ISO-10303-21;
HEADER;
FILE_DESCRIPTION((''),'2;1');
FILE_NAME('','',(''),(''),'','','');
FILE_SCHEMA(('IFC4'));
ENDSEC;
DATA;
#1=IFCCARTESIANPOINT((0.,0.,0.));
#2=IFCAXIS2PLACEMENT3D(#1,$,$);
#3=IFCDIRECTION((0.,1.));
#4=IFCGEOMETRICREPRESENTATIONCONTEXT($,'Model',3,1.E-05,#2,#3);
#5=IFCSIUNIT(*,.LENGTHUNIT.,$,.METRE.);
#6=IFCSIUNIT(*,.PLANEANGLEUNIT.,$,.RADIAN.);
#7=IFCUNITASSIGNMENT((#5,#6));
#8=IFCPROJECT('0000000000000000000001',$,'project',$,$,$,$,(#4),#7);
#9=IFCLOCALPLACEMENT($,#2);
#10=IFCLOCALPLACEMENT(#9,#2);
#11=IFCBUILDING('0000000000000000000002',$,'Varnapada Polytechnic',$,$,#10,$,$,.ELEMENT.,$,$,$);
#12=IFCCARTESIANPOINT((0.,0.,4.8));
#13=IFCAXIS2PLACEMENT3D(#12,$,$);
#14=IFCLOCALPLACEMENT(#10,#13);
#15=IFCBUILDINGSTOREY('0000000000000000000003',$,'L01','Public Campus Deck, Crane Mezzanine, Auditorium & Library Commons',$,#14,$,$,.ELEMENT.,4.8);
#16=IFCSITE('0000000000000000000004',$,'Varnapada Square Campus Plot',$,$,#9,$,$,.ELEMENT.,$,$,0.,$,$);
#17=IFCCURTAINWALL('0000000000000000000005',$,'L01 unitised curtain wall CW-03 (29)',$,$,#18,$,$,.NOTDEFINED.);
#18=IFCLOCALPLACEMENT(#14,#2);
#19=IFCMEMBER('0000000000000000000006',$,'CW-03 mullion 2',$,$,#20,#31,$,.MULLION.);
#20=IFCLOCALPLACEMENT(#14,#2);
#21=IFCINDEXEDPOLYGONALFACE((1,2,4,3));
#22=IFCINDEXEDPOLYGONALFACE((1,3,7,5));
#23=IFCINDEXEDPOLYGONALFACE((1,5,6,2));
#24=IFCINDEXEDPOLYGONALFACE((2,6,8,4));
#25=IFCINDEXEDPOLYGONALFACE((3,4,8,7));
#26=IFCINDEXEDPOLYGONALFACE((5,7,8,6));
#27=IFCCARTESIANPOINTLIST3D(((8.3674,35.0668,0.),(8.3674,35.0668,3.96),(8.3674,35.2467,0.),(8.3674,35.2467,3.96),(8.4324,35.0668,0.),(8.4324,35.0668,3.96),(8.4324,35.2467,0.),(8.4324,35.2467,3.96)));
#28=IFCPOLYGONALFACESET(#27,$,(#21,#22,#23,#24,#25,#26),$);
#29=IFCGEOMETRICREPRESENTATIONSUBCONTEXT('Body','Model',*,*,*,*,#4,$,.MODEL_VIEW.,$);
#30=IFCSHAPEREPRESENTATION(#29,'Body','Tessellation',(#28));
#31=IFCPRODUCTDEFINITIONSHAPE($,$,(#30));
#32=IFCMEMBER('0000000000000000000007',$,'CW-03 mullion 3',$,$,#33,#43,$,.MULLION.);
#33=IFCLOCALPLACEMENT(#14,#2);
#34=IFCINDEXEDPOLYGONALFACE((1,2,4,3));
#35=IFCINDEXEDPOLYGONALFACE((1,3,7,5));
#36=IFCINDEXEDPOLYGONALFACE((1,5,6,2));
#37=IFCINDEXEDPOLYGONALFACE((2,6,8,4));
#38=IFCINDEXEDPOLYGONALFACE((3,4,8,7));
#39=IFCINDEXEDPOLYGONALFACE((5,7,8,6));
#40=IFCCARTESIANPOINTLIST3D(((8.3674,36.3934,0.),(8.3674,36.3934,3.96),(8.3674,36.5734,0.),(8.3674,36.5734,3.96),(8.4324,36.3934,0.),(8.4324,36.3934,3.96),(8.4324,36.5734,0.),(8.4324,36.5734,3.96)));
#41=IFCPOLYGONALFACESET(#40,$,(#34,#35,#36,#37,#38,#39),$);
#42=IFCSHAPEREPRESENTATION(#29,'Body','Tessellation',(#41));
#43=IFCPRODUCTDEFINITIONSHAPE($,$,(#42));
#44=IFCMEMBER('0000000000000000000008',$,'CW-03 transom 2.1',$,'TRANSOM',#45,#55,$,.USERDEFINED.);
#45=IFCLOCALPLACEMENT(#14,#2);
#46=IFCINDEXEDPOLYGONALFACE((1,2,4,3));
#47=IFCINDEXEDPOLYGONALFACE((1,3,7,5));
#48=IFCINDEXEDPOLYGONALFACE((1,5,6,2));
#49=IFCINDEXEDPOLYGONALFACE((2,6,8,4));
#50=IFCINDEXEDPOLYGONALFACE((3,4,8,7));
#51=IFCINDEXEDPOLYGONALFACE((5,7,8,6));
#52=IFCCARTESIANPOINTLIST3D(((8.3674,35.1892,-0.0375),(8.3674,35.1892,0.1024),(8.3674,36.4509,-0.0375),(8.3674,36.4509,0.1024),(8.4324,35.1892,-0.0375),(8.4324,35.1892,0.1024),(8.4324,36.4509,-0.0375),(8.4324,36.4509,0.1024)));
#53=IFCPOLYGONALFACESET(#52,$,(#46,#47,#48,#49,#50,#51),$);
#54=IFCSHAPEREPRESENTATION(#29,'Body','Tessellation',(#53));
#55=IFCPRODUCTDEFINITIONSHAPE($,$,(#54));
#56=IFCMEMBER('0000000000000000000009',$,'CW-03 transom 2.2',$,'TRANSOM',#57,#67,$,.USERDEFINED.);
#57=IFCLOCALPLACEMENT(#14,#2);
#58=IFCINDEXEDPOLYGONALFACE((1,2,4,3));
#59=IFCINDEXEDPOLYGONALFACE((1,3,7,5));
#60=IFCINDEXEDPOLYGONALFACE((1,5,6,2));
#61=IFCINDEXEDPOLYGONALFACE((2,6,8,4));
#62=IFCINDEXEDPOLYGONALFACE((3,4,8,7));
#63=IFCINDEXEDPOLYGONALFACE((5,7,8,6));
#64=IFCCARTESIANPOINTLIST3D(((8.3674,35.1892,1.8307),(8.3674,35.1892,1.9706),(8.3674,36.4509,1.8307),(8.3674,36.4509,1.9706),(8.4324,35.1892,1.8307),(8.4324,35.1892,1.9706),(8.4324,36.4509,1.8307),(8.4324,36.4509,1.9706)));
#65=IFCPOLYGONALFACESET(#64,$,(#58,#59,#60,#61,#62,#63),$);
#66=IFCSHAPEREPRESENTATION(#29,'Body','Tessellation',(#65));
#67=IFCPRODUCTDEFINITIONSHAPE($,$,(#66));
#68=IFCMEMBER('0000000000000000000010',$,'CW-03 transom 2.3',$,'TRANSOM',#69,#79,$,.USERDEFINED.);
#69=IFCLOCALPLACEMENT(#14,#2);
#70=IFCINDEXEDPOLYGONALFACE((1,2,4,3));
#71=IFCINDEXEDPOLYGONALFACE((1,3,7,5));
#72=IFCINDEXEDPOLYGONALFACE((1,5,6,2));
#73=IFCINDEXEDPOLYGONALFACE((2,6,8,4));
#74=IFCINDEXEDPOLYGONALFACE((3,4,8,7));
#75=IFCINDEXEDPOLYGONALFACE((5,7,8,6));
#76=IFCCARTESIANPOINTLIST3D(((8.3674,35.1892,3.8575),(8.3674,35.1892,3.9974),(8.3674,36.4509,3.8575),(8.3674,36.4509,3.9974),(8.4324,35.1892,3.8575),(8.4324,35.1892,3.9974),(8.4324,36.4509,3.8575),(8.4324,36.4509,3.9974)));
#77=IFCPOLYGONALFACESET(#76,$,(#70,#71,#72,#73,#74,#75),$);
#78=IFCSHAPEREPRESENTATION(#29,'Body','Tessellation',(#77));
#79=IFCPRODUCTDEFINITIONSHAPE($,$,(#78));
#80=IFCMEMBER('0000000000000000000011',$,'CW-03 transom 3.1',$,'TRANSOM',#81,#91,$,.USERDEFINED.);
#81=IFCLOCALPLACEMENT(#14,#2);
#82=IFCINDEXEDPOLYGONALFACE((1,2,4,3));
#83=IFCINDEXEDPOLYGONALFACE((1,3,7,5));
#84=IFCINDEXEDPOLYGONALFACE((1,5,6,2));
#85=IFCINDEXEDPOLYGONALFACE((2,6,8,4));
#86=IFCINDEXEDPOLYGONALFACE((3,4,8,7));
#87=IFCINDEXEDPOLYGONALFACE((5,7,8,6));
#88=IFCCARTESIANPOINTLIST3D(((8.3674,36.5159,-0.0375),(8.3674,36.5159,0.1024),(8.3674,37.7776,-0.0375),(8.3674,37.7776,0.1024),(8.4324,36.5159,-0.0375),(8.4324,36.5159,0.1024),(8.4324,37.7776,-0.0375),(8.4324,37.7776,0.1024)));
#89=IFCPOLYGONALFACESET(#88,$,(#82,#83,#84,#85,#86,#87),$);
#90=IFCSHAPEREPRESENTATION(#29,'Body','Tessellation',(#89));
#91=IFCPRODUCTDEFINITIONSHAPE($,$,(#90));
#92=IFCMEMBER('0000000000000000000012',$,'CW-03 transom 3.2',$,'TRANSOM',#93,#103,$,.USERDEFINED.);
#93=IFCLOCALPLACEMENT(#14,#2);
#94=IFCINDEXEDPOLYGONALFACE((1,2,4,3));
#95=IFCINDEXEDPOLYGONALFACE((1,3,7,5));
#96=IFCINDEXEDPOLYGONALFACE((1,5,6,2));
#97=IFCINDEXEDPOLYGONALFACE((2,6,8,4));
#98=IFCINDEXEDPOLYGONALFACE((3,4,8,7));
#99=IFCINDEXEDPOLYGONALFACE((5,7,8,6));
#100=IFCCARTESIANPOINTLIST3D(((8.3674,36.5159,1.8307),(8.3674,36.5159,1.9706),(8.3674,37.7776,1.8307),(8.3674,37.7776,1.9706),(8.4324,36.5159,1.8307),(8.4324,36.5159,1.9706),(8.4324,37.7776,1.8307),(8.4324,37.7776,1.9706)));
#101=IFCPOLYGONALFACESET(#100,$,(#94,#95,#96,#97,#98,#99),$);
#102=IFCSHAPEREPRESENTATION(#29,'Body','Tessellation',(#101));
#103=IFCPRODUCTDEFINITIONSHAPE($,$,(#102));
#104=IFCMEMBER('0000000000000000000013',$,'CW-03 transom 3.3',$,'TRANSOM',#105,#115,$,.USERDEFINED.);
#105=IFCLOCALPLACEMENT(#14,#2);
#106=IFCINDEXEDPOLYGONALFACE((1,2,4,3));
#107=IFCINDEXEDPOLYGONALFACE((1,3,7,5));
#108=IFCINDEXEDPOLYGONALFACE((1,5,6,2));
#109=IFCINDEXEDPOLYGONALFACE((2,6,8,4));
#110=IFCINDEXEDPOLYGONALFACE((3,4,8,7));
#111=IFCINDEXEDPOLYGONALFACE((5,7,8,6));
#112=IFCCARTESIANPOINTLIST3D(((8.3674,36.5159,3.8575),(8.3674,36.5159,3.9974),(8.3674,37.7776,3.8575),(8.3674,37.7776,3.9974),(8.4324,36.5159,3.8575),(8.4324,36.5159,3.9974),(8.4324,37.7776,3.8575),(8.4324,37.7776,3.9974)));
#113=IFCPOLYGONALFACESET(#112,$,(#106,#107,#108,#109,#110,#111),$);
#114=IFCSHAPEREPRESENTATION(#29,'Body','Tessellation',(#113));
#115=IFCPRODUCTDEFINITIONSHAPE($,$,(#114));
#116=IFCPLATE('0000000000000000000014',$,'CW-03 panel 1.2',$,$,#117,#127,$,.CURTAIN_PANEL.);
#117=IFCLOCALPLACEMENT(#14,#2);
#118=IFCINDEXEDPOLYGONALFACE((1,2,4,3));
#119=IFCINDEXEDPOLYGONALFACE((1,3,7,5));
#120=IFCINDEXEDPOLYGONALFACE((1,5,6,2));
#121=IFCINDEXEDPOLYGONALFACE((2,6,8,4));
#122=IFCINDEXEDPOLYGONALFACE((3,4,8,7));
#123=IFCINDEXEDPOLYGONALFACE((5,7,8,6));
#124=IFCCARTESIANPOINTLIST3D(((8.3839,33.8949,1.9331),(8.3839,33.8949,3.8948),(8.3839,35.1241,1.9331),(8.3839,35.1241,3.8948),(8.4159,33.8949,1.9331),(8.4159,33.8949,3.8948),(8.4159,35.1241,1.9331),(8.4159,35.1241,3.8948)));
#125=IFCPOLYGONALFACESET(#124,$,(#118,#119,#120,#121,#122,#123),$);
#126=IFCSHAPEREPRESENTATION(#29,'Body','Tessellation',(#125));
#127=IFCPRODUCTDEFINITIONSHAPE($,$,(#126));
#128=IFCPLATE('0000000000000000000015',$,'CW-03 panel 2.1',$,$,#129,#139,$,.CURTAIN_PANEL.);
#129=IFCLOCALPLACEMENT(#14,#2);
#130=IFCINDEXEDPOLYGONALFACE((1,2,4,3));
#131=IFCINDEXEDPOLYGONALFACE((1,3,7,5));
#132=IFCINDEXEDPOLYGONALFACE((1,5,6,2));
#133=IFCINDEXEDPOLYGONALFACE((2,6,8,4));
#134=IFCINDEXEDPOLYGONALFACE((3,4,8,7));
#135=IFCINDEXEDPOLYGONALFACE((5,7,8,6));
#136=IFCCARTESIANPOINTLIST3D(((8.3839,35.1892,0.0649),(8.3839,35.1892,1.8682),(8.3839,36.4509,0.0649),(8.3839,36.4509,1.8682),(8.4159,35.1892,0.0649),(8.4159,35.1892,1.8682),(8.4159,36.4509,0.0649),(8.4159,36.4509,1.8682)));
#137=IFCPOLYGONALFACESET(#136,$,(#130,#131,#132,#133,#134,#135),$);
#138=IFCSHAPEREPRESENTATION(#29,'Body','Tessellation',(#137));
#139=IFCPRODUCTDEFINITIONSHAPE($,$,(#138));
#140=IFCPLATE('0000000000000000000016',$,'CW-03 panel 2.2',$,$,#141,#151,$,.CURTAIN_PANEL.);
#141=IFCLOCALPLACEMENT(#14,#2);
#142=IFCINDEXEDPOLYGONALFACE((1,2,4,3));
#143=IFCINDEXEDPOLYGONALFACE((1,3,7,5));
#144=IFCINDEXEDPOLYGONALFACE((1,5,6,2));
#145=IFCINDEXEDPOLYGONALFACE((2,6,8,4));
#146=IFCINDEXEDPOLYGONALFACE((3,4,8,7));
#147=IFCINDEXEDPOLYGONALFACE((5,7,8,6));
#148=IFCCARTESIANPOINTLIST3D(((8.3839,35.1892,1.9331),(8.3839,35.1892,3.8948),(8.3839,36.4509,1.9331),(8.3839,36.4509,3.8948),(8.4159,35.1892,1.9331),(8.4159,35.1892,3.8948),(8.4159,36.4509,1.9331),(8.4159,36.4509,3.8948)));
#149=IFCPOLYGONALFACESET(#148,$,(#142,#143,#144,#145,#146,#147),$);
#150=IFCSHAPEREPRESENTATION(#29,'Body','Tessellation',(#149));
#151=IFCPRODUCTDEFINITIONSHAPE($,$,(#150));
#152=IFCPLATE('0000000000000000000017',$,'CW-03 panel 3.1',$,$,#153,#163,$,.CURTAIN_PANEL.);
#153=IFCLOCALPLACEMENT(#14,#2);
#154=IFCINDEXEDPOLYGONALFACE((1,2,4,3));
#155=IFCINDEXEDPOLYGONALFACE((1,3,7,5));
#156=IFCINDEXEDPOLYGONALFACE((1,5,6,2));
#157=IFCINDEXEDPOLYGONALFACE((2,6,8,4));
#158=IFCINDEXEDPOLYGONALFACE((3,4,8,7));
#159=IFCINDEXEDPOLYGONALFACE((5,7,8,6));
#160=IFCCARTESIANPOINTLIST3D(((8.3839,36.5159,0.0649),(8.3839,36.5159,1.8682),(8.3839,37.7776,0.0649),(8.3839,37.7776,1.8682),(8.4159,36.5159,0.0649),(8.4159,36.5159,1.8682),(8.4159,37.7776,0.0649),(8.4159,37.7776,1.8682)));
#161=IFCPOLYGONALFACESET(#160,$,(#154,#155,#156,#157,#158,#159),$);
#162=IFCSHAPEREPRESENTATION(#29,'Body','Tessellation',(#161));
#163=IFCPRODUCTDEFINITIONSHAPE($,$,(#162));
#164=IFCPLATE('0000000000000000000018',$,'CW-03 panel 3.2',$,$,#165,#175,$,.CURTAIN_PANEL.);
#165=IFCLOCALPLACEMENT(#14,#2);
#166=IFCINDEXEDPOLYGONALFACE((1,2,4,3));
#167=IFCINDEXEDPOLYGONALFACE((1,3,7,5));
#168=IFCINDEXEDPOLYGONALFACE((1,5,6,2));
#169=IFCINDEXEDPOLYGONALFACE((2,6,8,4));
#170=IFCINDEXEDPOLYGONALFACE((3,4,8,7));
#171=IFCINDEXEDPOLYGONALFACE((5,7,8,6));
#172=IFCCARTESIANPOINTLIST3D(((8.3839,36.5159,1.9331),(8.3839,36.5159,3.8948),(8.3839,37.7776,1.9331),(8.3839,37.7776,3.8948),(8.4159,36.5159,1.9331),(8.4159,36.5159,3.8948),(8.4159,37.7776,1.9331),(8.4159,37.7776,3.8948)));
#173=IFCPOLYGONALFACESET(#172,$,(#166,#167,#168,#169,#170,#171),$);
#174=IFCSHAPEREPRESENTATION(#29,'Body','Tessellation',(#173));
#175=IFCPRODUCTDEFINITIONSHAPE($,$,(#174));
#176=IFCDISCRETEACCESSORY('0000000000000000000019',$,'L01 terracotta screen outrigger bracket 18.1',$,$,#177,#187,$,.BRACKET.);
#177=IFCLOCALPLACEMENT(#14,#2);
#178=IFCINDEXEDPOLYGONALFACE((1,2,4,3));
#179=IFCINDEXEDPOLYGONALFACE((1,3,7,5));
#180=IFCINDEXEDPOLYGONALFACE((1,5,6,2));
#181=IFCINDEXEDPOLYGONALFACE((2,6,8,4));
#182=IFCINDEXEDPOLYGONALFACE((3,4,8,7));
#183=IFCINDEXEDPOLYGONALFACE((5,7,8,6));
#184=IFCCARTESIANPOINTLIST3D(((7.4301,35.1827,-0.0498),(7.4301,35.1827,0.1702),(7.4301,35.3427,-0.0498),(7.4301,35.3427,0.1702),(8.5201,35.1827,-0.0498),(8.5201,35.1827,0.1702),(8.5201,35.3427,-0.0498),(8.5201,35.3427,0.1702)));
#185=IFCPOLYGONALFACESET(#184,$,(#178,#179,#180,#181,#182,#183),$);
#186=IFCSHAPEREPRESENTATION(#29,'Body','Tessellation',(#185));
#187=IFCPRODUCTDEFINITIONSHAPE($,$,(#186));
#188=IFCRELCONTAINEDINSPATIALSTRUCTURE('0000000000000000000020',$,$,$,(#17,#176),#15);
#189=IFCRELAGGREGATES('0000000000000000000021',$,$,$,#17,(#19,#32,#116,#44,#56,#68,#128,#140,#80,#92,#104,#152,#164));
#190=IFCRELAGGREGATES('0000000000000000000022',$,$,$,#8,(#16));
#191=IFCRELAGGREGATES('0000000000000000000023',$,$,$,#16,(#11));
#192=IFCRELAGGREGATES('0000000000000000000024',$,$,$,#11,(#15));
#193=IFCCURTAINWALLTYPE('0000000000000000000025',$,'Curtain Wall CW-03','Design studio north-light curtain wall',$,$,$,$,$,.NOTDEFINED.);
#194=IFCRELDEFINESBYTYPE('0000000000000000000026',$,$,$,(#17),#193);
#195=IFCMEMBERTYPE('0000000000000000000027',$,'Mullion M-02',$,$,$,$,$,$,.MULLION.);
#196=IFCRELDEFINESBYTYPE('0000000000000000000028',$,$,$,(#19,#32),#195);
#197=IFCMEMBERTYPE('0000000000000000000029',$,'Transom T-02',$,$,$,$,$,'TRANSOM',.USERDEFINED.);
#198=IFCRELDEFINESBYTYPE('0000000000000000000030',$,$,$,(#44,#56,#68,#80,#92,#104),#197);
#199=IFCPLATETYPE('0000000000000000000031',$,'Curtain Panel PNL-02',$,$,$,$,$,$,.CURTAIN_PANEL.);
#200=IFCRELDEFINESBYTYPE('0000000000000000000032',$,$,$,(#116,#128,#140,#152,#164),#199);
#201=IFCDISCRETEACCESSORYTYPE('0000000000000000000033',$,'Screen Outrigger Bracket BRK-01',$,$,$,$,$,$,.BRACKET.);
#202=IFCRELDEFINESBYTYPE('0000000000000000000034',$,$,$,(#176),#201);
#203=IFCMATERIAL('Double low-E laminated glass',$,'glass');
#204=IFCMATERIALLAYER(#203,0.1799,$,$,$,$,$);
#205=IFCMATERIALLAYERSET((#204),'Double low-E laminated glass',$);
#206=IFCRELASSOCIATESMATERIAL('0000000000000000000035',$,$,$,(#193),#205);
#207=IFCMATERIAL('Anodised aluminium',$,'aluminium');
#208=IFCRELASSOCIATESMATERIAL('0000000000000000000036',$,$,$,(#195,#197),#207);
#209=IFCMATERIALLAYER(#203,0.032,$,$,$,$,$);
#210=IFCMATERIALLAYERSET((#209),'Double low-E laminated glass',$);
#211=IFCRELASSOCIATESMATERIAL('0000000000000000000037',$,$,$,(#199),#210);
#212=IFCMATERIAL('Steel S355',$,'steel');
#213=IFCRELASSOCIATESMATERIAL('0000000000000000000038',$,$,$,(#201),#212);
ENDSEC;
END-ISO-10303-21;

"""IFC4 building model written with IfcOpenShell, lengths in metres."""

from ifc_helpers import new_model, si_unit, direction, frame, origin, origin_2d, place, context, subcontext, project, spatial, rectangle, extrude, material, layer, layer_set, material_profile, profile_set, type_object, element, aggregate, save


model = new_model("IFC4")

# Units and contexts
model_context = context("Model", 3, precision=1e-05, world=origin(), true_north=direction((0.0, 1.0)))
body_context = subcontext(model_context, "Body", "Model", "MODEL_VIEW")
ifc_project = project(units=[si_unit("LENGTHUNIT", "METRE"), si_unit("PLANEANGLEUNIT", "RADIAN")], contexts=[model_context])

# Site, building, storey
site_placement = place(None, origin())
site = spatial("IfcSite", under=ifc_project, at=site_placement, Name="Varnapada Square Campus Plot", CompositionType="ELEMENT", RefElevation=0.0)
building_placement = place(site_placement, origin())
building = spatial("IfcBuilding", under=site, at=building_placement, Name="Varnapada Polytechnic", CompositionType="ELEMENT")
storey_placement = place(building_placement, frame((0.0, 0.0, 4.8)))
storey = spatial("IfcBuildingStorey", under=building, at=storey_placement, Name="L01", Description="Public Campus Deck, Crane Mezzanine, Auditorium & Library Commons", CompositionType="ELEMENT", Elevation=4.8)

# Curtain wall, members, plates
ifc_material_1 = material(Name="Double low-E laminated glass", Category="glass")
ifc_layer_1 = layer(ifc_material_1, 0.1799)
ifc_layer_set_1 = layer_set([ifc_layer_1], Name="Double low-E laminated glass")
curtain_wall_type = type_object("IfcCurtainWallType", Name="Curtain Wall CW-03", Description="Design studio north-light curtain wall", PredefinedType="NOTDEFINED", material=ifc_layer_set_1)
curtain_wall_placement = place(storey_placement, origin())
curtain_wall = element("IfcCurtainWall", 1, at=curtain_wall_placement, inside=storey, type_object=curtain_wall_type, Name="L01 unitised curtain wall CW-03 (29)", PredefinedType="NOTDEFINED")
ifc_material_2 = material(Name="Anodised aluminium", Category="aluminium")
ifc_material_profile_1 = material_profile(ifc_material_2, rectangle(XDim=0.0649, YDim=0.1799, at=origin_2d()), Name="ALU M65x180")
ifc_profile_set_1 = profile_set([ifc_material_profile_1], Name="Anodised aluminium")
member_type_1 = type_object("IfcMemberType", Name="Mullion M-02", PredefinedType="MULLION", material=ifc_profile_set_1)
member_1_placement = place(storey_placement, frame((8.3999, 35.1567, 0.0), z_axis=(0.0, 0.0, 1.0), x_axis=(-1.0, 0.0, 0.0)))
member_1 = element("IfcMember", 2, at=member_1_placement, type_object=member_type_1, Name="CW-03 mullion 2", PredefinedType="MULLION", context=body_context, shape_type="SweptSolid", body=[
    extrude(rectangle(XDim=0.0649, YDim=0.1799, at=origin_2d()), origin(), (0.0, 0.0, 1.0), 3.96),
])
member_2_placement = place(storey_placement, frame((8.3999, 36.4834, 0.0), z_axis=(0.0, 0.0, 1.0), x_axis=(-1.0, 0.0, 0.0)))
member_2 = element("IfcMember", 3, at=member_2_placement, type_object=member_type_1, Name="CW-03 mullion 3", PredefinedType="MULLION", context=body_context, shape_type="SweptSolid", body=[
    extrude(rectangle(XDim=0.0649, YDim=0.1799, at=origin_2d()), origin(), (0.0, 0.0, 1.0), 3.96),
])
ifc_material_profile_2 = material_profile(ifc_material_2, rectangle(XDim=0.0649, YDim=0.1399, at=origin_2d()), Name="ALU T65x140")
ifc_profile_set_2 = profile_set([ifc_material_profile_2], Name="Anodised aluminium")
member_type_2 = type_object("IfcMemberType", Name="Transom T-02", ElementType="TRANSOM", PredefinedType="USERDEFINED", material=ifc_profile_set_2)
member_3_placement = place(storey_placement, frame((8.3999, 35.1892, 0.0325), z_axis=(0.0, 1.0, 0.0), x_axis=(-1.0, 0.0, 0.0)))
member_3 = element("IfcMember", 4, at=member_3_placement, type_object=member_type_2, Name="CW-03 transom 2.1", ObjectType="TRANSOM", PredefinedType="USERDEFINED", context=body_context, shape_type="SweptSolid", body=[
    extrude(rectangle(XDim=0.0649, YDim=0.1399, at=origin_2d()), origin(), (0.0, 0.0, 1.0), 1.2617),
])
member_4_placement = place(storey_placement, frame((8.3999, 35.1892, 1.9006), z_axis=(0.0, 1.0, 0.0), x_axis=(-1.0, 0.0, 0.0)))
member_4 = element("IfcMember", 5, at=member_4_placement, type_object=member_type_2, Name="CW-03 transom 2.2", ObjectType="TRANSOM", PredefinedType="USERDEFINED", context=body_context, shape_type="SweptSolid", body=[
    extrude(rectangle(XDim=0.0649, YDim=0.1399, at=origin_2d()), origin(), (0.0, 0.0, 1.0), 1.2617),
])
member_5_placement = place(storey_placement, frame((8.3999, 35.1892, 3.9275), z_axis=(0.0, 1.0, 0.0), x_axis=(-1.0, 0.0, 0.0)))
member_5 = element("IfcMember", 6, at=member_5_placement, type_object=member_type_2, Name="CW-03 transom 2.3", ObjectType="TRANSOM", PredefinedType="USERDEFINED", context=body_context, shape_type="SweptSolid", body=[
    extrude(rectangle(XDim=0.0649, YDim=0.1399, at=origin_2d()), origin(), (0.0, 0.0, 1.0), 1.2617),
])
member_6_placement = place(storey_placement, frame((8.3999, 36.5159, 0.0325), z_axis=(0.0, 1.0, 0.0), x_axis=(-1.0, 0.0, 0.0)))
member_6 = element("IfcMember", 7, at=member_6_placement, type_object=member_type_2, Name="CW-03 transom 3.1", ObjectType="TRANSOM", PredefinedType="USERDEFINED", context=body_context, shape_type="SweptSolid", body=[
    extrude(rectangle(XDim=0.0649, YDim=0.1399, at=origin_2d()), origin(), (0.0, 0.0, 1.0), 1.2617),
])
member_7_placement = place(storey_placement, frame((8.3999, 36.5159, 1.9006), z_axis=(0.0, 1.0, 0.0), x_axis=(-1.0, 0.0, 0.0)))
member_7 = element("IfcMember", 8, at=member_7_placement, type_object=member_type_2, Name="CW-03 transom 3.2", ObjectType="TRANSOM", PredefinedType="USERDEFINED", context=body_context, shape_type="SweptSolid", body=[
    extrude(rectangle(XDim=0.0649, YDim=0.1399, at=origin_2d()), origin(), (0.0, 0.0, 1.0), 1.2617),
])
member_8_placement = place(storey_placement, frame((8.3999, 36.5159, 3.9275), z_axis=(0.0, 1.0, 0.0), x_axis=(-1.0, 0.0, 0.0)))
member_8 = element("IfcMember", 9, at=member_8_placement, type_object=member_type_2, Name="CW-03 transom 3.3", ObjectType="TRANSOM", PredefinedType="USERDEFINED", context=body_context, shape_type="SweptSolid", body=[
    extrude(rectangle(XDim=0.0649, YDim=0.1399, at=origin_2d()), origin(), (0.0, 0.0, 1.0), 1.2617),
])
ifc_layer_2 = layer(ifc_material_1, 0.032)
ifc_layer_set_2 = layer_set([ifc_layer_2], Name="Double low-E laminated glass")
plate_type = type_object("IfcPlateType", Name="Curtain Panel PNL-02", PredefinedType="CURTAIN_PANEL", material=ifc_layer_set_2)
plate_1_placement = place(storey_placement, frame((8.3999, 34.5095, 1.9331), z_axis=(0.0, 0.0, 1.0), x_axis=(0.0, 1.0, 0.0)))
plate_1 = element("IfcPlate", 10, at=plate_1_placement, type_object=plate_type, Name="CW-03 panel 1.2", PredefinedType="CURTAIN_PANEL", context=body_context, shape_type="SweptSolid", body=[
    extrude(rectangle(XDim=1.2292, YDim=0.032, at=origin_2d()), origin(), (0.0, 0.0, 1.0), 1.9617),
])
plate_2_placement = place(storey_placement, frame((8.3999, 35.8201, 0.0649), z_axis=(0.0, 0.0, 1.0), x_axis=(0.0, 1.0, 0.0)))
plate_2 = element("IfcPlate", 11, at=plate_2_placement, type_object=plate_type, Name="CW-03 panel 2.1", PredefinedType="CURTAIN_PANEL", context=body_context, shape_type="SweptSolid", body=[
    extrude(rectangle(XDim=1.2617, YDim=0.032, at=origin_2d()), origin(), (0.0, 0.0, 1.0), 1.8032),
])
plate_3_placement = place(storey_placement, frame((8.3999, 35.8201, 1.9331), z_axis=(0.0, 0.0, 1.0), x_axis=(0.0, 1.0, 0.0)))
plate_3 = element("IfcPlate", 12, at=plate_3_placement, type_object=plate_type, Name="CW-03 panel 2.2", PredefinedType="CURTAIN_PANEL", context=body_context, shape_type="SweptSolid", body=[
    extrude(rectangle(XDim=1.2617, YDim=0.032, at=origin_2d()), origin(), (0.0, 0.0, 1.0), 1.9617),
])
plate_4_placement = place(storey_placement, frame((8.3999, 37.1467, 0.0649), z_axis=(0.0, 0.0, 1.0), x_axis=(0.0, 1.0, 0.0)))
plate_4 = element("IfcPlate", 13, at=plate_4_placement, type_object=plate_type, Name="CW-03 panel 3.1", PredefinedType="CURTAIN_PANEL", context=body_context, shape_type="SweptSolid", body=[
    extrude(rectangle(XDim=1.2617, YDim=0.032, at=origin_2d()), origin(), (0.0, 0.0, 1.0), 1.8032),
])
plate_5_placement = place(storey_placement, frame((8.3999, 37.1467, 1.9331), z_axis=(0.0, 0.0, 1.0), x_axis=(0.0, 1.0, 0.0)))
plate_5 = element("IfcPlate", 14, at=plate_5_placement, type_object=plate_type, Name="CW-03 panel 3.2", PredefinedType="CURTAIN_PANEL", context=body_context, shape_type="SweptSolid", body=[
    extrude(rectangle(XDim=1.2617, YDim=0.032, at=origin_2d()), origin(), (0.0, 0.0, 1.0), 1.9617),
])
aggregate(curtain_wall, [member_1, member_2, plate_1, member_3, member_4, member_5, plate_2, plate_3, member_6, member_7, member_8, plate_4, plate_5])

# Discrete accessory
ifc_material_3 = material(Name="Steel S355", Category="steel")
discrete_accessory_type = type_object("IfcDiscreteAccessoryType", Name="Screen Outrigger Bracket BRK-01", PredefinedType="BRACKET", material=ifc_material_3)
discrete_accessory_placement = place(storey_placement, frame((7.9751, 35.2627, -0.0498), z_axis=(0.0, 0.0, 1.0), x_axis=(0.0, 1.0, 0.0)))
element("IfcDiscreteAccessory", 15, at=discrete_accessory_placement, inside=storey, type_object=discrete_accessory_type, Name="L01 terracotta screen outrigger bracket 18.1", PredefinedType="BRACKET", context=body_context, shape_type="SweptSolid", body=[
    extrude(rectangle(XDim=0.1599, YDim=1.0901, at=origin_2d()), origin(), (0.0, 0.0, 1.0), 0.22),
])

save(model, "model.ifc")
